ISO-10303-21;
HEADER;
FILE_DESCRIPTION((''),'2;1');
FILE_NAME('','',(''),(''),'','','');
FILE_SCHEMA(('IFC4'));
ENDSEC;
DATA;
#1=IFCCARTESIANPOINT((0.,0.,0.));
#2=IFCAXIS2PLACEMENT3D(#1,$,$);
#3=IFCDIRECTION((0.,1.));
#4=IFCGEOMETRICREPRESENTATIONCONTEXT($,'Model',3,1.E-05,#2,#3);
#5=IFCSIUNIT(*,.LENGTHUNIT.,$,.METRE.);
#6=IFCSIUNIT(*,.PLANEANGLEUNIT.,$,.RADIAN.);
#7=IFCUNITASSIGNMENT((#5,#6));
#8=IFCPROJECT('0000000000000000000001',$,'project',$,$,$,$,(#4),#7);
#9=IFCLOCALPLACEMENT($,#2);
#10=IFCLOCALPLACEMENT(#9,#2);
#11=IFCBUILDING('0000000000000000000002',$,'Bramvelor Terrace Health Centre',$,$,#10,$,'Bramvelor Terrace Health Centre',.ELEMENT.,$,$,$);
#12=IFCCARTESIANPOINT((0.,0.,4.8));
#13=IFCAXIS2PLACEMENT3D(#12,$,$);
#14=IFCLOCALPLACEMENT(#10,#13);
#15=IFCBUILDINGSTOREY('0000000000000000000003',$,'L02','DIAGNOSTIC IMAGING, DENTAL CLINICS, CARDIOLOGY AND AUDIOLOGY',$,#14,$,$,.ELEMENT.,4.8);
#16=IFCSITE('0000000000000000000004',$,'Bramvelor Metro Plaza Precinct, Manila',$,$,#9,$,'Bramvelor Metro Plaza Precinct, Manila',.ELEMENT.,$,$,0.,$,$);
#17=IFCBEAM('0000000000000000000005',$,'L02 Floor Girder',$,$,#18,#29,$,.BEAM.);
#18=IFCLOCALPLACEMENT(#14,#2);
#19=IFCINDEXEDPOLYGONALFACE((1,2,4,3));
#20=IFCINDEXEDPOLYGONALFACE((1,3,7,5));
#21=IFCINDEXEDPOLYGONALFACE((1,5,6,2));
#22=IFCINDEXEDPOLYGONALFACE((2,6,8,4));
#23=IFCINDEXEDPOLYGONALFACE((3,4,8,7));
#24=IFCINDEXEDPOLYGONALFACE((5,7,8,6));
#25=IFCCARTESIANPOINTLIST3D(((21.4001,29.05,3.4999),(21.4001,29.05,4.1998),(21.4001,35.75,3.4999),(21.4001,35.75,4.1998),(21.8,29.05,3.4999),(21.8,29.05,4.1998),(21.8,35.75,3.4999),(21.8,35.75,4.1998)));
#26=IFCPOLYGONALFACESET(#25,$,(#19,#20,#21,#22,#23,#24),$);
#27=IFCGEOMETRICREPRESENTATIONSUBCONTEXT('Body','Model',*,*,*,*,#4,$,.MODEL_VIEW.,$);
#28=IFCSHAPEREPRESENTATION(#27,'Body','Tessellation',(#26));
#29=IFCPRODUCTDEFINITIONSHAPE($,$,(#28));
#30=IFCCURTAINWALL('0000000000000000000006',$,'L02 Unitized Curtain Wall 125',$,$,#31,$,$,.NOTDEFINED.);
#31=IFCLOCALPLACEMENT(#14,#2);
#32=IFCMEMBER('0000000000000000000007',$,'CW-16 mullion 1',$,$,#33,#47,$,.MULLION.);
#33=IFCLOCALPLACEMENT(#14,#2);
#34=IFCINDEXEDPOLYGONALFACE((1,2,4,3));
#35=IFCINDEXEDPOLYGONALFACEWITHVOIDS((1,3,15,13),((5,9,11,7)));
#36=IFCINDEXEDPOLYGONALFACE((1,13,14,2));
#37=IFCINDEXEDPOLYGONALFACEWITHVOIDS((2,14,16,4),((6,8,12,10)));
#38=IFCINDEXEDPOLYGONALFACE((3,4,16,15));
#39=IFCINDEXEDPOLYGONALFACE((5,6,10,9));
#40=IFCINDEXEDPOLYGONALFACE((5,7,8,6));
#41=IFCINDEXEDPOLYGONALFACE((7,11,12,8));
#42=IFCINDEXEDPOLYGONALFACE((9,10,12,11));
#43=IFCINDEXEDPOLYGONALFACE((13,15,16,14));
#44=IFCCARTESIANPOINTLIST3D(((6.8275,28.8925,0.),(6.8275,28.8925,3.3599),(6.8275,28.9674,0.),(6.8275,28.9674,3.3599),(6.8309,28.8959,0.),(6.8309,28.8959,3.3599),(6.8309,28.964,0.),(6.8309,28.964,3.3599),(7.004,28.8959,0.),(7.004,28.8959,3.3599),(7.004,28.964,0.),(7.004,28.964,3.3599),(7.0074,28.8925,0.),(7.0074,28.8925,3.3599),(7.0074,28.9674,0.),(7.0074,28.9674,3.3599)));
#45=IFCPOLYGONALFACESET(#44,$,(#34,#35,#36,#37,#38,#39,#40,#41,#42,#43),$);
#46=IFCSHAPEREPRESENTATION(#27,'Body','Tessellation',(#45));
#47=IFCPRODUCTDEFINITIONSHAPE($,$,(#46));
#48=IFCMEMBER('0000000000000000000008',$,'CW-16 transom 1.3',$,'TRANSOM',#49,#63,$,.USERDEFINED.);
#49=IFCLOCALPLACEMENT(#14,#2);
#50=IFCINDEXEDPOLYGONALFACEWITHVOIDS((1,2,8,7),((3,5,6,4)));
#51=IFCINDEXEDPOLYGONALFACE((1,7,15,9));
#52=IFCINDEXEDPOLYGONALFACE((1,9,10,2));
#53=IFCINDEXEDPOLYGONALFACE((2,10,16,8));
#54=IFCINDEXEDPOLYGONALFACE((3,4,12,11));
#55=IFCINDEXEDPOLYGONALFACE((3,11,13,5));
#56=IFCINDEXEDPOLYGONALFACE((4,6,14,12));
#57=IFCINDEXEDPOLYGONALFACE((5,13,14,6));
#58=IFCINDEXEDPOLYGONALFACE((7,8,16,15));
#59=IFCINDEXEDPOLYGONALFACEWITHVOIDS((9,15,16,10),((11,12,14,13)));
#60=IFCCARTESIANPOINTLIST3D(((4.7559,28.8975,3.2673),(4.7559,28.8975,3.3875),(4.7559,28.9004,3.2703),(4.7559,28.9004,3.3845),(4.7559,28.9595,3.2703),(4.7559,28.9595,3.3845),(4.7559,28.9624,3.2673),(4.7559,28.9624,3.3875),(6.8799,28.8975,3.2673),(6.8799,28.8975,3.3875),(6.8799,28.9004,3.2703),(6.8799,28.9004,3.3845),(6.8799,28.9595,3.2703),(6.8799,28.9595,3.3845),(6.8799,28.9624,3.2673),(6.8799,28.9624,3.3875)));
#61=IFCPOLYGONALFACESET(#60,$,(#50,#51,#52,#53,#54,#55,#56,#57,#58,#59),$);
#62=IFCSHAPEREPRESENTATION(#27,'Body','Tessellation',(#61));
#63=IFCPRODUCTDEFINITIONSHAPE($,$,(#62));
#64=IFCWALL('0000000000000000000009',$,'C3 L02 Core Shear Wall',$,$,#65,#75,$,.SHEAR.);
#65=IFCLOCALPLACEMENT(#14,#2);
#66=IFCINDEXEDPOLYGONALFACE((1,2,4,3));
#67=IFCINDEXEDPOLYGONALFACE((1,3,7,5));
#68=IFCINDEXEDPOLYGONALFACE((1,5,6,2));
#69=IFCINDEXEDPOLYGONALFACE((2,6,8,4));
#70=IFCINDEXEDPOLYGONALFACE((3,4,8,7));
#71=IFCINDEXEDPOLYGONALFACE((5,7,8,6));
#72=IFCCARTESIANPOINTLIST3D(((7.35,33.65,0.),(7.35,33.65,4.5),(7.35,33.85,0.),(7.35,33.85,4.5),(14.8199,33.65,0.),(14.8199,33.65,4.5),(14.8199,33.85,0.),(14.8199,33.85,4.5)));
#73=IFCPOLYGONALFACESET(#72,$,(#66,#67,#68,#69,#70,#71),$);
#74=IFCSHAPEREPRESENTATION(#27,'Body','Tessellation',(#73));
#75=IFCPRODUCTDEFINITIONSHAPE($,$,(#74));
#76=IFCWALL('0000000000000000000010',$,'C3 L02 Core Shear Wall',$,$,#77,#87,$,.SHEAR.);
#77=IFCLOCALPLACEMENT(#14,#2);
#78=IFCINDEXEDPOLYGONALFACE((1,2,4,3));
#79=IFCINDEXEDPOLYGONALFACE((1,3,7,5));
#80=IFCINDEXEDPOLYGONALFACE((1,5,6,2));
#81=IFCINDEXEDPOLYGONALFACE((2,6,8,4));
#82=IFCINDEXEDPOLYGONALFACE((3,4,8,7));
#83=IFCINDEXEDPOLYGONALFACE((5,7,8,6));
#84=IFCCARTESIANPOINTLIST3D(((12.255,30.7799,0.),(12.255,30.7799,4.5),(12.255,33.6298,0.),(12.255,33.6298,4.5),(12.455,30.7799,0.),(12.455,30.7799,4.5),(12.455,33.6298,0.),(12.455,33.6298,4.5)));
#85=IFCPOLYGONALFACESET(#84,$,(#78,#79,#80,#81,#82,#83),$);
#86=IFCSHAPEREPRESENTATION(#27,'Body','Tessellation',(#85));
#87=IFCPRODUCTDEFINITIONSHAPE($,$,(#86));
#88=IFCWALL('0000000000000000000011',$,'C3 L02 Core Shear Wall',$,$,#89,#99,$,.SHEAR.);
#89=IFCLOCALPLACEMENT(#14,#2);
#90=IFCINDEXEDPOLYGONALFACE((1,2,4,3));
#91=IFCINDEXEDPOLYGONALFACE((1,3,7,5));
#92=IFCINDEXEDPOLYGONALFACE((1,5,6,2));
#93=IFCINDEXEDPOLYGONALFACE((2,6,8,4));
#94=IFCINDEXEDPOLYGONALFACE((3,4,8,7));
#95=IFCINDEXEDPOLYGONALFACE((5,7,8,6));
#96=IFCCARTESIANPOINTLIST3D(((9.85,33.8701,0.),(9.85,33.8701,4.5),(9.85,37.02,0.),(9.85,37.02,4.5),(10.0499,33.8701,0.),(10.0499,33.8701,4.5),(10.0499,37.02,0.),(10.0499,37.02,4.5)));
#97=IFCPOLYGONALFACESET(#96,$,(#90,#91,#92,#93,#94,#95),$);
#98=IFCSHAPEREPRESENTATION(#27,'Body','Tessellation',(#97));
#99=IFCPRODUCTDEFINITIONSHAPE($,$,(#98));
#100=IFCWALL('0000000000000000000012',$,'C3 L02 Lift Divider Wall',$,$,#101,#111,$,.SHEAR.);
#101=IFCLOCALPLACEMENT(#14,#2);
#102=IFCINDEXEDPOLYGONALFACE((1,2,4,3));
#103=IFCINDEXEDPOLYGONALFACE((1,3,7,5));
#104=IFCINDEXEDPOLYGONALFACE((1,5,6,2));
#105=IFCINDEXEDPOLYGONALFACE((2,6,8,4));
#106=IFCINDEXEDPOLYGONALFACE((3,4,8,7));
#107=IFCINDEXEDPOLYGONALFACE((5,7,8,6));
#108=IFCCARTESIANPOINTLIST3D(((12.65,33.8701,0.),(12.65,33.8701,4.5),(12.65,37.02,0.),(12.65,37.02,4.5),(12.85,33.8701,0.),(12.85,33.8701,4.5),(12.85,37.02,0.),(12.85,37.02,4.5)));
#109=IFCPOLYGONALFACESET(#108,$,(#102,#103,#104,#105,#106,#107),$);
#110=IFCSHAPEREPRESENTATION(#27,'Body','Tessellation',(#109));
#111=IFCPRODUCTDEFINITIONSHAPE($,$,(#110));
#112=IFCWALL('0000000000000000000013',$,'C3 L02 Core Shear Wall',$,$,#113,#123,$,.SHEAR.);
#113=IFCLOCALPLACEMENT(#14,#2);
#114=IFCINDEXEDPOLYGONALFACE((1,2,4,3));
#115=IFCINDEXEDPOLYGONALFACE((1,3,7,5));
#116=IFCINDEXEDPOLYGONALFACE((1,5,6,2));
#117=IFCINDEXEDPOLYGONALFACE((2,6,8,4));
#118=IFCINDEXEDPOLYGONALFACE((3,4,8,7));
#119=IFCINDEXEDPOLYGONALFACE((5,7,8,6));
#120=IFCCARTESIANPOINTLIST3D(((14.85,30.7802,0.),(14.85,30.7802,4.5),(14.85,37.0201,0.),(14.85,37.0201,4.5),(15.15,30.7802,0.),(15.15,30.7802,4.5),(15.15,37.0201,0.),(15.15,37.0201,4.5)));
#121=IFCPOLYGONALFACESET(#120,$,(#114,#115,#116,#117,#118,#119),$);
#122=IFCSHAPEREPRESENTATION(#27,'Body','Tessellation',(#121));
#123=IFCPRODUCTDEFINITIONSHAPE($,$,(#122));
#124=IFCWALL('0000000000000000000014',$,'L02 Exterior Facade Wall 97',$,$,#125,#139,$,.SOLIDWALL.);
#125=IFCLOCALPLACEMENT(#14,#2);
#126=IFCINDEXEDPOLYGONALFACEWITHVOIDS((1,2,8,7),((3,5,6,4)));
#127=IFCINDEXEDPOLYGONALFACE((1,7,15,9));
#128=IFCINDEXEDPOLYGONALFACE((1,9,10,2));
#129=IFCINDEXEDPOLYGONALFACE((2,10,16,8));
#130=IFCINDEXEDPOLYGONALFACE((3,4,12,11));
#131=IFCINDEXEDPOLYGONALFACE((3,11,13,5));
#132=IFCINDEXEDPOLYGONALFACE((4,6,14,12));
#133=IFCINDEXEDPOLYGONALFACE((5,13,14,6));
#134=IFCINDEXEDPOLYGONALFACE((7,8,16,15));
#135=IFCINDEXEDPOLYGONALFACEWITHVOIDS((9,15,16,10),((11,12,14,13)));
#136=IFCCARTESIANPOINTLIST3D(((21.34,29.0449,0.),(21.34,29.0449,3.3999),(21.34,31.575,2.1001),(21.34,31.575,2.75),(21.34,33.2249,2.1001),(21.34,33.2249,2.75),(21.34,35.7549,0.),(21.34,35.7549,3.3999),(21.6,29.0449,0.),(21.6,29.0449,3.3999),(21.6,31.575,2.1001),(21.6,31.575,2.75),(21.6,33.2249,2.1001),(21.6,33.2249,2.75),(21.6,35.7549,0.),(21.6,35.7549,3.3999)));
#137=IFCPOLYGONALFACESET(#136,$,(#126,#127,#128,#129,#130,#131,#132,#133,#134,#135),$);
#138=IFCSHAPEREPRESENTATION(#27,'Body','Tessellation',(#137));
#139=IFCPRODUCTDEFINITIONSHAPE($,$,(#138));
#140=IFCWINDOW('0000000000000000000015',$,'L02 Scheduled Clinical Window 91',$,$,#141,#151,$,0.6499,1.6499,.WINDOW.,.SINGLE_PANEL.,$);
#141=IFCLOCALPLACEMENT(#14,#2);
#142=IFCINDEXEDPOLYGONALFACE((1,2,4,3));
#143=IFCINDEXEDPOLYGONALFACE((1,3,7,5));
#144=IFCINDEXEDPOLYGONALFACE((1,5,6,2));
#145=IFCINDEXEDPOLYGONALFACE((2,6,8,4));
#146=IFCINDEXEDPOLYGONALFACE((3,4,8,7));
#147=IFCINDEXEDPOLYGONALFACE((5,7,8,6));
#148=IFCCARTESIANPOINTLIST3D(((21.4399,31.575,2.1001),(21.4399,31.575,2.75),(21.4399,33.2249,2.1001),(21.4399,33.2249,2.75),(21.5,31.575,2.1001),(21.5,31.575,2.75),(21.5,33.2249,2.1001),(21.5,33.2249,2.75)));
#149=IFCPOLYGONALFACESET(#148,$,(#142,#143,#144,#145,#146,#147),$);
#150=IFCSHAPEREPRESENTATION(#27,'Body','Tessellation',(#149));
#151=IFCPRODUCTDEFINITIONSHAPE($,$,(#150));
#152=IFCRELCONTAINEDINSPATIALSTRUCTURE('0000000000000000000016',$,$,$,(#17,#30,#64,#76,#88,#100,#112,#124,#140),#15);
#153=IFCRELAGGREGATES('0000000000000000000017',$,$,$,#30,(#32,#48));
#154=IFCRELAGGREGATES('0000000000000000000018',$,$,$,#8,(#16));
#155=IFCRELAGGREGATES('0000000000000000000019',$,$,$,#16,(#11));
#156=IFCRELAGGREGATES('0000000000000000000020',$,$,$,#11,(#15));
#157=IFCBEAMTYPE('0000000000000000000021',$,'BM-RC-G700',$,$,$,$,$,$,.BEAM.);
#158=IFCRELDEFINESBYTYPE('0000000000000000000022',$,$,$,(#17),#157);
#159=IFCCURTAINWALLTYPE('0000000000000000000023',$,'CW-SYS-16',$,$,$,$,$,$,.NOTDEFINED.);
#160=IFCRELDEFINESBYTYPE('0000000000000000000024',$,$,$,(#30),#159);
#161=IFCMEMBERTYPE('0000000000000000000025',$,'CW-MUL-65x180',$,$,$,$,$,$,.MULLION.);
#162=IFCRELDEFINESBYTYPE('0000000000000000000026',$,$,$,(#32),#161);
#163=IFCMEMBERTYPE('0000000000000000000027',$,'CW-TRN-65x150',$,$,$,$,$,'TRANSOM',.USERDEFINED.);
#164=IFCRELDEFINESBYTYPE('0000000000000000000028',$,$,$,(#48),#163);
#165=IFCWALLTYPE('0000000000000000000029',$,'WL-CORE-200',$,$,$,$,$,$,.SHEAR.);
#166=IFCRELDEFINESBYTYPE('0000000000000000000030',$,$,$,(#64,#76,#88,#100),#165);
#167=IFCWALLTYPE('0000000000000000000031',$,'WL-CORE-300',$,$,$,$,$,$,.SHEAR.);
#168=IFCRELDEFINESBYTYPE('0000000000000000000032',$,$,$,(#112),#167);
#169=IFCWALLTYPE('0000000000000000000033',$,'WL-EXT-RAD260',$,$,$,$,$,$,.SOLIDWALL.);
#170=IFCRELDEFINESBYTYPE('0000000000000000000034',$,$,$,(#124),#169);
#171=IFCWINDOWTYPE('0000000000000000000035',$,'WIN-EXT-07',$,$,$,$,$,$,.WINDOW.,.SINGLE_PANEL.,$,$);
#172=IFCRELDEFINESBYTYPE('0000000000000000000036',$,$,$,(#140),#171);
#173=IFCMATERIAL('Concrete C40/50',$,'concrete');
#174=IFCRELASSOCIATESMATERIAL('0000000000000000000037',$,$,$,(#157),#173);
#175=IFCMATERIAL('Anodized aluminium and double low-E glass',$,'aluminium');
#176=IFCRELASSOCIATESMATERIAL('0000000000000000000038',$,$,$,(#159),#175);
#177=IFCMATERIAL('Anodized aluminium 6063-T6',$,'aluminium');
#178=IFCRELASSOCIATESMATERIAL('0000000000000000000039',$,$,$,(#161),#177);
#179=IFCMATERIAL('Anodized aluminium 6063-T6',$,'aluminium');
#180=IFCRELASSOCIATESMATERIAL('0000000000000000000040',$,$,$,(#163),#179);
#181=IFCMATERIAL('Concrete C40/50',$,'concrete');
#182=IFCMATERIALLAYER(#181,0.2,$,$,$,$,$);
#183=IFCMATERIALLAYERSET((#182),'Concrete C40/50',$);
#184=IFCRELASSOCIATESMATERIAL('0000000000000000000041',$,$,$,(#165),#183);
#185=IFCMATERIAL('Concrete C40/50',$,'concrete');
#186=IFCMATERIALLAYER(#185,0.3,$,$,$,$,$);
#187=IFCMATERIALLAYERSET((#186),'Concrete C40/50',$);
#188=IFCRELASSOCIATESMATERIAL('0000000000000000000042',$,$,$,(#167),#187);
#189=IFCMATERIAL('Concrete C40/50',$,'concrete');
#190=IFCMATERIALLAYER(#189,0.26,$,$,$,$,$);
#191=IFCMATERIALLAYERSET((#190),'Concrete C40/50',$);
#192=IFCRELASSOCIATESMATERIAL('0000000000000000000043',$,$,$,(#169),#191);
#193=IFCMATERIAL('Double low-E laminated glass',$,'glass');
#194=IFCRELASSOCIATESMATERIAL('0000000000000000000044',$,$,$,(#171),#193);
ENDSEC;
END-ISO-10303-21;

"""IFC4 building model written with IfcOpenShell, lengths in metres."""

from ifc_helpers import new_model, si_unit, direction, frame, frame_2d, origin, origin_2d, place, context, subcontext, project, spatial, rectangle, hollow_rectangle, extrude, material, layer, layer_set, material_profile, profile_set, type_object, element, fill, aggregate, save


model = new_model("IFC4")

# Units and contexts
model_context = context("Model", 3, precision=1e-05, world=origin(), true_north=direction((0.0, 1.0)))
body_context = subcontext(model_context, "Body", "Model", "MODEL_VIEW")
ifc_project = project(units=[si_unit("LENGTHUNIT", "METRE"), si_unit("PLANEANGLEUNIT", "RADIAN")], contexts=[model_context])

# Site, building, storey
site_placement = place(None, origin())
site = spatial("IfcSite", under=ifc_project, at=site_placement, Name="Bramvelor Metro Plaza Precinct, Manila", LongName="Bramvelor Metro Plaza Precinct, Manila", CompositionType="ELEMENT", RefElevation=0.0)
building_placement = place(site_placement, origin())
building = spatial("IfcBuilding", under=site, at=building_placement, Name="Bramvelor Terrace Health Centre", LongName="Bramvelor Terrace Health Centre", CompositionType="ELEMENT")
storey_placement = place(building_placement, frame((0.0, 0.0, 4.8)))
storey = spatial("IfcBuildingStorey", under=building, at=storey_placement, Name="L02", Description="DIAGNOSTIC IMAGING, DENTAL CLINICS, CARDIOLOGY AND AUDIOLOGY", CompositionType="ELEMENT", Elevation=4.8)

# Beam
ifc_material_1 = material(Name="Concrete C40/50", Category="concrete")
ifc_material_profile_1 = material_profile(ifc_material_1, rectangle(XDim=0.3999, YDim=0.7, at=origin_2d()), Name="RC 400x700")
ifc_profile_set_1 = profile_set([ifc_material_profile_1], Name="Concrete C40/50")
beam_type = type_object("IfcBeamType", Name="BM-RC-G700", PredefinedType="BEAM", material=ifc_profile_set_1)
beam_placement = place(storey_placement, frame((21.6001, 29.05, 3.8499), z_axis=(0.0, 1.0, 0.0), x_axis=(-1.0, 0.0, 0.0)))
element("IfcBeam", 1, at=beam_placement, inside=storey, type_object=beam_type, Name="L02 Floor Girder", PredefinedType="BEAM", context=body_context, shape_type="SweptSolid", body=[
    extrude(rectangle(XDim=0.3999, YDim=0.7, at=origin_2d()), origin(), (0.0, 0.0, 1.0), 6.7),
])

# Curtain wall, members
ifc_material_2 = material(Name="Anodized aluminium and double low-E glass", Category="aluminium")
curtain_wall_type = type_object("IfcCurtainWallType", Name="CW-SYS-16", PredefinedType="NOTDEFINED", material=ifc_material_2)
curtain_wall_placement = place(storey_placement, origin())
curtain_wall = element("IfcCurtainWall", 2, at=curtain_wall_placement, inside=storey, type_object=curtain_wall_type, Name="L02 Unitized Curtain Wall 125", PredefinedType="NOTDEFINED")
ifc_material_3 = material(Name="Anodized aluminium 6063-T6", Category="aluminium")
ifc_material_profile_2 = material_profile(ifc_material_3, hollow_rectangle(XDim=0.075, YDim=0.1799, WallThickness=0.0034, at=origin_2d()), Name="ALU-MUL 75x180x3.5")
ifc_profile_set_2 = profile_set([ifc_material_profile_2], Name="Anodized aluminium 6063-T6")
member_type_1 = type_object("IfcMemberType", Name="CW-MUL-65x180", PredefinedType="MULLION", material=ifc_profile_set_2)
member_1_placement = place(storey_placement, frame((6.9175, 28.9299, 0.0), z_axis=(0.0, 0.0, 1.0), x_axis=(0.0, -1.0, 0.0)))
member_1 = element("IfcMember", 3, at=member_1_placement, type_object=member_type_1, Name="CW-16 mullion 1", PredefinedType="MULLION", context=body_context, shape_type="SweptSolid", body=[
    extrude(hollow_rectangle(XDim=0.075, YDim=0.1799, WallThickness=0.0034, at=origin_2d()), origin(), (0.0, 0.0, 1.0), 3.3599),
])
ifc_material_4 = material(Name="Anodized aluminium 6063-T6", Category="aluminium")
ifc_material_profile_3 = material_profile(ifc_material_4, hollow_rectangle(XDim=0.0649, YDim=0.1201, WallThickness=0.0029, at=origin_2d()), Name="ALU-TRN 65x120x3.0")
ifc_profile_set_3 = profile_set([ifc_material_profile_3], Name="Anodized aluminium 6063-T6")
member_type_2 = type_object("IfcMemberType", Name="CW-TRN-65x150", ElementType="TRANSOM", PredefinedType="USERDEFINED", material=ifc_profile_set_3)
member_2_placement = place(storey_placement, frame((6.8799, 28.9299, 3.3274), z_axis=(-1.0, 0.0, 0.0), x_axis=(0.0, -1.0, 0.0)))
member_2 = element("IfcMember", 4, at=member_2_placement, type_object=member_type_2, Name="CW-16 transom 1.3", ObjectType="TRANSOM", PredefinedType="USERDEFINED", context=body_context, shape_type="SweptSolid", body=[
    extrude(hollow_rectangle(XDim=0.0649, YDim=0.1201, WallThickness=0.0029, at=origin_2d()), origin(), (0.0, 0.0, 1.0), 2.124),
])
aggregate(curtain_wall, [member_1, member_2])

# Walls
ifc_material_5 = material(Name="Concrete C40/50", Category="concrete")
ifc_layer_1 = layer(ifc_material_5, 0.2)
ifc_layer_set_1 = layer_set([ifc_layer_1], Name="Concrete C40/50")
wall_type_1 = type_object("IfcWallType", Name="WL-CORE-200", PredefinedType="SHEAR", material=ifc_layer_set_1)
wall_1_placement = place(storey_placement, frame((7.3501, 33.75, 0.0), z_axis=(0.0, 0.0, 1.0), x_axis=(1.0, 0.0, 0.0)))
element("IfcWall", 5, at=wall_1_placement, inside=storey, type_object=wall_type_1, Name="C3 L02 Core Shear Wall", PredefinedType="SHEAR", context=body_context, shape_type="SweptSolid", body=[
    extrude(rectangle(XDim=7.47, YDim=0.2, at=frame_2d((3.7349, 0.0))), origin(), (0.0, 0.0, 1.0), 4.5),
])
wall_2_placement = place(storey_placement, frame((12.355, 30.78, 0.0), z_axis=(0.0, 0.0, 1.0), x_axis=(0.0, 1.0, 0.0)))
element("IfcWall", 6, at=wall_2_placement, inside=storey, type_object=wall_type_1, Name="C3 L02 Core Shear Wall", PredefinedType="SHEAR", context=body_context, shape_type="SweptSolid", body=[
    extrude(rectangle(XDim=2.8499, YDim=0.2, at=frame_2d((1.4248, 0.0))), origin(), (0.0, 0.0, 1.0), 4.5),
])
for number, where, z_axis, x_axis, name in (
    (7, (9.95, 33.8701, 0.0), (0.0, 0.0, 1.0), (0.0, 1.0, 0.0), "C3 L02 Core Shear Wall"),
    (8, (12.75, 33.8701, 0.0), (0.0, 0.0, 1.0), (0.0, 1.0, 0.0), "C3 L02 Lift Divider Wall"),
):
    element("IfcWall", number, at=place(storey_placement, frame(where, z_axis=z_axis, x_axis=x_axis)), inside=storey, type_object=wall_type_1, Name=name, PredefinedType="SHEAR", context=body_context, shape_type="SweptSolid", body=[
        extrude(rectangle(XDim=3.1499, YDim=0.2, at=frame_2d((1.575, 0.0))), origin(), (0.0, 0.0, 1.0), 4.5),
    ])
ifc_material_6 = material(Name="Concrete C40/50", Category="concrete")
ifc_layer_2 = layer(ifc_material_6, 0.3)
ifc_layer_set_2 = layer_set([ifc_layer_2], Name="Concrete C40/50")
wall_type_2 = type_object("IfcWallType", Name="WL-CORE-300", PredefinedType="SHEAR", material=ifc_layer_set_2)
wall_3_placement = place(storey_placement, frame((15.0, 30.78, 0.0), z_axis=(0.0, 0.0, 1.0), x_axis=(0.0, 1.0, 0.0)))
element("IfcWall", 9, at=wall_3_placement, inside=storey, type_object=wall_type_2, Name="C3 L02 Core Shear Wall", PredefinedType="SHEAR", context=body_context, shape_type="SweptSolid", body=[
    extrude(rectangle(XDim=6.24, YDim=0.3, at=frame_2d((3.1201, 0.0))), origin(), (0.0, 0.0, 1.0), 4.5),
])

# Wall, opening, window
ifc_material_7 = material(Name="Concrete C40/50", Category="concrete")
ifc_layer_3 = layer(ifc_material_7, 0.26)
ifc_layer_set_3 = layer_set([ifc_layer_3], Name="Concrete C40/50")
wall_type_3 = type_object("IfcWallType", Name="WL-EXT-RAD260", PredefinedType="SOLIDWALL", material=ifc_layer_set_3)
wall_4_placement = place(storey_placement, frame((21.47, 35.7549, 0.0), z_axis=(0.0, 0.0, 1.0), x_axis=(0.0, -1.0, 0.0)))
wall_4 = element("IfcWall", 10, at=wall_4_placement, inside=storey, type_object=wall_type_3, Name="L02 Exterior Facade Wall 97", PredefinedType="SOLIDWALL", context=body_context, shape_type="SweptSolid", body=[
    extrude(rectangle(XDim=6.71, YDim=0.26, at=frame_2d((3.355, 0.0))), origin(), (0.0, 0.0, 1.0), 3.3999),
])
opening_1_placement = place(wall_4_placement, frame((2.53, 0.0, 2.1001)))
opening_1 = element("IfcOpeningElement", 11, at=opening_1_placement, cuts=wall_4, PredefinedType="OPENING", context=body_context, shape_type="SweptSolid", body=[
    extrude(rectangle(XDim=1.6499, YDim=0.6499, at=frame_2d((0.825, 0.325))), frame((0.0, 0.1399, 0.0), z_axis=(0.0, -1.0, 0.0), x_axis=(1.0, 0.0, 0.0)), (0.0, 0.0, 1.0), 0.28),
])
ifc_material_8 = material(Name="Double low-E laminated glass", Category="glass")
window_type_1 = type_object("IfcWindowType", Name="WIN-EXT-07", PartitioningType="SINGLE_PANEL", PredefinedType="WINDOW", material=ifc_material_8)
window_1_placement = place(opening_1_placement, origin())
window_1 = element("IfcWindow", 12, at=window_1_placement, inside=storey, type_object=window_type_1, Name="L02 Scheduled Clinical Window 91", OverallHeight=0.6499, OverallWidth=1.6499, PartitioningType="SINGLE_PANEL", PredefinedType="WINDOW", context=body_context, shape_type="SweptSolid", body=[
    extrude(rectangle(XDim=1.6499, YDim=0.6499, at=frame_2d((0.825, 0.325))), frame((0.0, 0.03, 0.0), z_axis=(0.0, -1.0, 0.0), x_axis=(1.0, 0.0, 0.0)), (0.0, 0.0, 1.0), 0.0601),
])
fill(opening_1, window_1)

save(model, "model.ifc")
